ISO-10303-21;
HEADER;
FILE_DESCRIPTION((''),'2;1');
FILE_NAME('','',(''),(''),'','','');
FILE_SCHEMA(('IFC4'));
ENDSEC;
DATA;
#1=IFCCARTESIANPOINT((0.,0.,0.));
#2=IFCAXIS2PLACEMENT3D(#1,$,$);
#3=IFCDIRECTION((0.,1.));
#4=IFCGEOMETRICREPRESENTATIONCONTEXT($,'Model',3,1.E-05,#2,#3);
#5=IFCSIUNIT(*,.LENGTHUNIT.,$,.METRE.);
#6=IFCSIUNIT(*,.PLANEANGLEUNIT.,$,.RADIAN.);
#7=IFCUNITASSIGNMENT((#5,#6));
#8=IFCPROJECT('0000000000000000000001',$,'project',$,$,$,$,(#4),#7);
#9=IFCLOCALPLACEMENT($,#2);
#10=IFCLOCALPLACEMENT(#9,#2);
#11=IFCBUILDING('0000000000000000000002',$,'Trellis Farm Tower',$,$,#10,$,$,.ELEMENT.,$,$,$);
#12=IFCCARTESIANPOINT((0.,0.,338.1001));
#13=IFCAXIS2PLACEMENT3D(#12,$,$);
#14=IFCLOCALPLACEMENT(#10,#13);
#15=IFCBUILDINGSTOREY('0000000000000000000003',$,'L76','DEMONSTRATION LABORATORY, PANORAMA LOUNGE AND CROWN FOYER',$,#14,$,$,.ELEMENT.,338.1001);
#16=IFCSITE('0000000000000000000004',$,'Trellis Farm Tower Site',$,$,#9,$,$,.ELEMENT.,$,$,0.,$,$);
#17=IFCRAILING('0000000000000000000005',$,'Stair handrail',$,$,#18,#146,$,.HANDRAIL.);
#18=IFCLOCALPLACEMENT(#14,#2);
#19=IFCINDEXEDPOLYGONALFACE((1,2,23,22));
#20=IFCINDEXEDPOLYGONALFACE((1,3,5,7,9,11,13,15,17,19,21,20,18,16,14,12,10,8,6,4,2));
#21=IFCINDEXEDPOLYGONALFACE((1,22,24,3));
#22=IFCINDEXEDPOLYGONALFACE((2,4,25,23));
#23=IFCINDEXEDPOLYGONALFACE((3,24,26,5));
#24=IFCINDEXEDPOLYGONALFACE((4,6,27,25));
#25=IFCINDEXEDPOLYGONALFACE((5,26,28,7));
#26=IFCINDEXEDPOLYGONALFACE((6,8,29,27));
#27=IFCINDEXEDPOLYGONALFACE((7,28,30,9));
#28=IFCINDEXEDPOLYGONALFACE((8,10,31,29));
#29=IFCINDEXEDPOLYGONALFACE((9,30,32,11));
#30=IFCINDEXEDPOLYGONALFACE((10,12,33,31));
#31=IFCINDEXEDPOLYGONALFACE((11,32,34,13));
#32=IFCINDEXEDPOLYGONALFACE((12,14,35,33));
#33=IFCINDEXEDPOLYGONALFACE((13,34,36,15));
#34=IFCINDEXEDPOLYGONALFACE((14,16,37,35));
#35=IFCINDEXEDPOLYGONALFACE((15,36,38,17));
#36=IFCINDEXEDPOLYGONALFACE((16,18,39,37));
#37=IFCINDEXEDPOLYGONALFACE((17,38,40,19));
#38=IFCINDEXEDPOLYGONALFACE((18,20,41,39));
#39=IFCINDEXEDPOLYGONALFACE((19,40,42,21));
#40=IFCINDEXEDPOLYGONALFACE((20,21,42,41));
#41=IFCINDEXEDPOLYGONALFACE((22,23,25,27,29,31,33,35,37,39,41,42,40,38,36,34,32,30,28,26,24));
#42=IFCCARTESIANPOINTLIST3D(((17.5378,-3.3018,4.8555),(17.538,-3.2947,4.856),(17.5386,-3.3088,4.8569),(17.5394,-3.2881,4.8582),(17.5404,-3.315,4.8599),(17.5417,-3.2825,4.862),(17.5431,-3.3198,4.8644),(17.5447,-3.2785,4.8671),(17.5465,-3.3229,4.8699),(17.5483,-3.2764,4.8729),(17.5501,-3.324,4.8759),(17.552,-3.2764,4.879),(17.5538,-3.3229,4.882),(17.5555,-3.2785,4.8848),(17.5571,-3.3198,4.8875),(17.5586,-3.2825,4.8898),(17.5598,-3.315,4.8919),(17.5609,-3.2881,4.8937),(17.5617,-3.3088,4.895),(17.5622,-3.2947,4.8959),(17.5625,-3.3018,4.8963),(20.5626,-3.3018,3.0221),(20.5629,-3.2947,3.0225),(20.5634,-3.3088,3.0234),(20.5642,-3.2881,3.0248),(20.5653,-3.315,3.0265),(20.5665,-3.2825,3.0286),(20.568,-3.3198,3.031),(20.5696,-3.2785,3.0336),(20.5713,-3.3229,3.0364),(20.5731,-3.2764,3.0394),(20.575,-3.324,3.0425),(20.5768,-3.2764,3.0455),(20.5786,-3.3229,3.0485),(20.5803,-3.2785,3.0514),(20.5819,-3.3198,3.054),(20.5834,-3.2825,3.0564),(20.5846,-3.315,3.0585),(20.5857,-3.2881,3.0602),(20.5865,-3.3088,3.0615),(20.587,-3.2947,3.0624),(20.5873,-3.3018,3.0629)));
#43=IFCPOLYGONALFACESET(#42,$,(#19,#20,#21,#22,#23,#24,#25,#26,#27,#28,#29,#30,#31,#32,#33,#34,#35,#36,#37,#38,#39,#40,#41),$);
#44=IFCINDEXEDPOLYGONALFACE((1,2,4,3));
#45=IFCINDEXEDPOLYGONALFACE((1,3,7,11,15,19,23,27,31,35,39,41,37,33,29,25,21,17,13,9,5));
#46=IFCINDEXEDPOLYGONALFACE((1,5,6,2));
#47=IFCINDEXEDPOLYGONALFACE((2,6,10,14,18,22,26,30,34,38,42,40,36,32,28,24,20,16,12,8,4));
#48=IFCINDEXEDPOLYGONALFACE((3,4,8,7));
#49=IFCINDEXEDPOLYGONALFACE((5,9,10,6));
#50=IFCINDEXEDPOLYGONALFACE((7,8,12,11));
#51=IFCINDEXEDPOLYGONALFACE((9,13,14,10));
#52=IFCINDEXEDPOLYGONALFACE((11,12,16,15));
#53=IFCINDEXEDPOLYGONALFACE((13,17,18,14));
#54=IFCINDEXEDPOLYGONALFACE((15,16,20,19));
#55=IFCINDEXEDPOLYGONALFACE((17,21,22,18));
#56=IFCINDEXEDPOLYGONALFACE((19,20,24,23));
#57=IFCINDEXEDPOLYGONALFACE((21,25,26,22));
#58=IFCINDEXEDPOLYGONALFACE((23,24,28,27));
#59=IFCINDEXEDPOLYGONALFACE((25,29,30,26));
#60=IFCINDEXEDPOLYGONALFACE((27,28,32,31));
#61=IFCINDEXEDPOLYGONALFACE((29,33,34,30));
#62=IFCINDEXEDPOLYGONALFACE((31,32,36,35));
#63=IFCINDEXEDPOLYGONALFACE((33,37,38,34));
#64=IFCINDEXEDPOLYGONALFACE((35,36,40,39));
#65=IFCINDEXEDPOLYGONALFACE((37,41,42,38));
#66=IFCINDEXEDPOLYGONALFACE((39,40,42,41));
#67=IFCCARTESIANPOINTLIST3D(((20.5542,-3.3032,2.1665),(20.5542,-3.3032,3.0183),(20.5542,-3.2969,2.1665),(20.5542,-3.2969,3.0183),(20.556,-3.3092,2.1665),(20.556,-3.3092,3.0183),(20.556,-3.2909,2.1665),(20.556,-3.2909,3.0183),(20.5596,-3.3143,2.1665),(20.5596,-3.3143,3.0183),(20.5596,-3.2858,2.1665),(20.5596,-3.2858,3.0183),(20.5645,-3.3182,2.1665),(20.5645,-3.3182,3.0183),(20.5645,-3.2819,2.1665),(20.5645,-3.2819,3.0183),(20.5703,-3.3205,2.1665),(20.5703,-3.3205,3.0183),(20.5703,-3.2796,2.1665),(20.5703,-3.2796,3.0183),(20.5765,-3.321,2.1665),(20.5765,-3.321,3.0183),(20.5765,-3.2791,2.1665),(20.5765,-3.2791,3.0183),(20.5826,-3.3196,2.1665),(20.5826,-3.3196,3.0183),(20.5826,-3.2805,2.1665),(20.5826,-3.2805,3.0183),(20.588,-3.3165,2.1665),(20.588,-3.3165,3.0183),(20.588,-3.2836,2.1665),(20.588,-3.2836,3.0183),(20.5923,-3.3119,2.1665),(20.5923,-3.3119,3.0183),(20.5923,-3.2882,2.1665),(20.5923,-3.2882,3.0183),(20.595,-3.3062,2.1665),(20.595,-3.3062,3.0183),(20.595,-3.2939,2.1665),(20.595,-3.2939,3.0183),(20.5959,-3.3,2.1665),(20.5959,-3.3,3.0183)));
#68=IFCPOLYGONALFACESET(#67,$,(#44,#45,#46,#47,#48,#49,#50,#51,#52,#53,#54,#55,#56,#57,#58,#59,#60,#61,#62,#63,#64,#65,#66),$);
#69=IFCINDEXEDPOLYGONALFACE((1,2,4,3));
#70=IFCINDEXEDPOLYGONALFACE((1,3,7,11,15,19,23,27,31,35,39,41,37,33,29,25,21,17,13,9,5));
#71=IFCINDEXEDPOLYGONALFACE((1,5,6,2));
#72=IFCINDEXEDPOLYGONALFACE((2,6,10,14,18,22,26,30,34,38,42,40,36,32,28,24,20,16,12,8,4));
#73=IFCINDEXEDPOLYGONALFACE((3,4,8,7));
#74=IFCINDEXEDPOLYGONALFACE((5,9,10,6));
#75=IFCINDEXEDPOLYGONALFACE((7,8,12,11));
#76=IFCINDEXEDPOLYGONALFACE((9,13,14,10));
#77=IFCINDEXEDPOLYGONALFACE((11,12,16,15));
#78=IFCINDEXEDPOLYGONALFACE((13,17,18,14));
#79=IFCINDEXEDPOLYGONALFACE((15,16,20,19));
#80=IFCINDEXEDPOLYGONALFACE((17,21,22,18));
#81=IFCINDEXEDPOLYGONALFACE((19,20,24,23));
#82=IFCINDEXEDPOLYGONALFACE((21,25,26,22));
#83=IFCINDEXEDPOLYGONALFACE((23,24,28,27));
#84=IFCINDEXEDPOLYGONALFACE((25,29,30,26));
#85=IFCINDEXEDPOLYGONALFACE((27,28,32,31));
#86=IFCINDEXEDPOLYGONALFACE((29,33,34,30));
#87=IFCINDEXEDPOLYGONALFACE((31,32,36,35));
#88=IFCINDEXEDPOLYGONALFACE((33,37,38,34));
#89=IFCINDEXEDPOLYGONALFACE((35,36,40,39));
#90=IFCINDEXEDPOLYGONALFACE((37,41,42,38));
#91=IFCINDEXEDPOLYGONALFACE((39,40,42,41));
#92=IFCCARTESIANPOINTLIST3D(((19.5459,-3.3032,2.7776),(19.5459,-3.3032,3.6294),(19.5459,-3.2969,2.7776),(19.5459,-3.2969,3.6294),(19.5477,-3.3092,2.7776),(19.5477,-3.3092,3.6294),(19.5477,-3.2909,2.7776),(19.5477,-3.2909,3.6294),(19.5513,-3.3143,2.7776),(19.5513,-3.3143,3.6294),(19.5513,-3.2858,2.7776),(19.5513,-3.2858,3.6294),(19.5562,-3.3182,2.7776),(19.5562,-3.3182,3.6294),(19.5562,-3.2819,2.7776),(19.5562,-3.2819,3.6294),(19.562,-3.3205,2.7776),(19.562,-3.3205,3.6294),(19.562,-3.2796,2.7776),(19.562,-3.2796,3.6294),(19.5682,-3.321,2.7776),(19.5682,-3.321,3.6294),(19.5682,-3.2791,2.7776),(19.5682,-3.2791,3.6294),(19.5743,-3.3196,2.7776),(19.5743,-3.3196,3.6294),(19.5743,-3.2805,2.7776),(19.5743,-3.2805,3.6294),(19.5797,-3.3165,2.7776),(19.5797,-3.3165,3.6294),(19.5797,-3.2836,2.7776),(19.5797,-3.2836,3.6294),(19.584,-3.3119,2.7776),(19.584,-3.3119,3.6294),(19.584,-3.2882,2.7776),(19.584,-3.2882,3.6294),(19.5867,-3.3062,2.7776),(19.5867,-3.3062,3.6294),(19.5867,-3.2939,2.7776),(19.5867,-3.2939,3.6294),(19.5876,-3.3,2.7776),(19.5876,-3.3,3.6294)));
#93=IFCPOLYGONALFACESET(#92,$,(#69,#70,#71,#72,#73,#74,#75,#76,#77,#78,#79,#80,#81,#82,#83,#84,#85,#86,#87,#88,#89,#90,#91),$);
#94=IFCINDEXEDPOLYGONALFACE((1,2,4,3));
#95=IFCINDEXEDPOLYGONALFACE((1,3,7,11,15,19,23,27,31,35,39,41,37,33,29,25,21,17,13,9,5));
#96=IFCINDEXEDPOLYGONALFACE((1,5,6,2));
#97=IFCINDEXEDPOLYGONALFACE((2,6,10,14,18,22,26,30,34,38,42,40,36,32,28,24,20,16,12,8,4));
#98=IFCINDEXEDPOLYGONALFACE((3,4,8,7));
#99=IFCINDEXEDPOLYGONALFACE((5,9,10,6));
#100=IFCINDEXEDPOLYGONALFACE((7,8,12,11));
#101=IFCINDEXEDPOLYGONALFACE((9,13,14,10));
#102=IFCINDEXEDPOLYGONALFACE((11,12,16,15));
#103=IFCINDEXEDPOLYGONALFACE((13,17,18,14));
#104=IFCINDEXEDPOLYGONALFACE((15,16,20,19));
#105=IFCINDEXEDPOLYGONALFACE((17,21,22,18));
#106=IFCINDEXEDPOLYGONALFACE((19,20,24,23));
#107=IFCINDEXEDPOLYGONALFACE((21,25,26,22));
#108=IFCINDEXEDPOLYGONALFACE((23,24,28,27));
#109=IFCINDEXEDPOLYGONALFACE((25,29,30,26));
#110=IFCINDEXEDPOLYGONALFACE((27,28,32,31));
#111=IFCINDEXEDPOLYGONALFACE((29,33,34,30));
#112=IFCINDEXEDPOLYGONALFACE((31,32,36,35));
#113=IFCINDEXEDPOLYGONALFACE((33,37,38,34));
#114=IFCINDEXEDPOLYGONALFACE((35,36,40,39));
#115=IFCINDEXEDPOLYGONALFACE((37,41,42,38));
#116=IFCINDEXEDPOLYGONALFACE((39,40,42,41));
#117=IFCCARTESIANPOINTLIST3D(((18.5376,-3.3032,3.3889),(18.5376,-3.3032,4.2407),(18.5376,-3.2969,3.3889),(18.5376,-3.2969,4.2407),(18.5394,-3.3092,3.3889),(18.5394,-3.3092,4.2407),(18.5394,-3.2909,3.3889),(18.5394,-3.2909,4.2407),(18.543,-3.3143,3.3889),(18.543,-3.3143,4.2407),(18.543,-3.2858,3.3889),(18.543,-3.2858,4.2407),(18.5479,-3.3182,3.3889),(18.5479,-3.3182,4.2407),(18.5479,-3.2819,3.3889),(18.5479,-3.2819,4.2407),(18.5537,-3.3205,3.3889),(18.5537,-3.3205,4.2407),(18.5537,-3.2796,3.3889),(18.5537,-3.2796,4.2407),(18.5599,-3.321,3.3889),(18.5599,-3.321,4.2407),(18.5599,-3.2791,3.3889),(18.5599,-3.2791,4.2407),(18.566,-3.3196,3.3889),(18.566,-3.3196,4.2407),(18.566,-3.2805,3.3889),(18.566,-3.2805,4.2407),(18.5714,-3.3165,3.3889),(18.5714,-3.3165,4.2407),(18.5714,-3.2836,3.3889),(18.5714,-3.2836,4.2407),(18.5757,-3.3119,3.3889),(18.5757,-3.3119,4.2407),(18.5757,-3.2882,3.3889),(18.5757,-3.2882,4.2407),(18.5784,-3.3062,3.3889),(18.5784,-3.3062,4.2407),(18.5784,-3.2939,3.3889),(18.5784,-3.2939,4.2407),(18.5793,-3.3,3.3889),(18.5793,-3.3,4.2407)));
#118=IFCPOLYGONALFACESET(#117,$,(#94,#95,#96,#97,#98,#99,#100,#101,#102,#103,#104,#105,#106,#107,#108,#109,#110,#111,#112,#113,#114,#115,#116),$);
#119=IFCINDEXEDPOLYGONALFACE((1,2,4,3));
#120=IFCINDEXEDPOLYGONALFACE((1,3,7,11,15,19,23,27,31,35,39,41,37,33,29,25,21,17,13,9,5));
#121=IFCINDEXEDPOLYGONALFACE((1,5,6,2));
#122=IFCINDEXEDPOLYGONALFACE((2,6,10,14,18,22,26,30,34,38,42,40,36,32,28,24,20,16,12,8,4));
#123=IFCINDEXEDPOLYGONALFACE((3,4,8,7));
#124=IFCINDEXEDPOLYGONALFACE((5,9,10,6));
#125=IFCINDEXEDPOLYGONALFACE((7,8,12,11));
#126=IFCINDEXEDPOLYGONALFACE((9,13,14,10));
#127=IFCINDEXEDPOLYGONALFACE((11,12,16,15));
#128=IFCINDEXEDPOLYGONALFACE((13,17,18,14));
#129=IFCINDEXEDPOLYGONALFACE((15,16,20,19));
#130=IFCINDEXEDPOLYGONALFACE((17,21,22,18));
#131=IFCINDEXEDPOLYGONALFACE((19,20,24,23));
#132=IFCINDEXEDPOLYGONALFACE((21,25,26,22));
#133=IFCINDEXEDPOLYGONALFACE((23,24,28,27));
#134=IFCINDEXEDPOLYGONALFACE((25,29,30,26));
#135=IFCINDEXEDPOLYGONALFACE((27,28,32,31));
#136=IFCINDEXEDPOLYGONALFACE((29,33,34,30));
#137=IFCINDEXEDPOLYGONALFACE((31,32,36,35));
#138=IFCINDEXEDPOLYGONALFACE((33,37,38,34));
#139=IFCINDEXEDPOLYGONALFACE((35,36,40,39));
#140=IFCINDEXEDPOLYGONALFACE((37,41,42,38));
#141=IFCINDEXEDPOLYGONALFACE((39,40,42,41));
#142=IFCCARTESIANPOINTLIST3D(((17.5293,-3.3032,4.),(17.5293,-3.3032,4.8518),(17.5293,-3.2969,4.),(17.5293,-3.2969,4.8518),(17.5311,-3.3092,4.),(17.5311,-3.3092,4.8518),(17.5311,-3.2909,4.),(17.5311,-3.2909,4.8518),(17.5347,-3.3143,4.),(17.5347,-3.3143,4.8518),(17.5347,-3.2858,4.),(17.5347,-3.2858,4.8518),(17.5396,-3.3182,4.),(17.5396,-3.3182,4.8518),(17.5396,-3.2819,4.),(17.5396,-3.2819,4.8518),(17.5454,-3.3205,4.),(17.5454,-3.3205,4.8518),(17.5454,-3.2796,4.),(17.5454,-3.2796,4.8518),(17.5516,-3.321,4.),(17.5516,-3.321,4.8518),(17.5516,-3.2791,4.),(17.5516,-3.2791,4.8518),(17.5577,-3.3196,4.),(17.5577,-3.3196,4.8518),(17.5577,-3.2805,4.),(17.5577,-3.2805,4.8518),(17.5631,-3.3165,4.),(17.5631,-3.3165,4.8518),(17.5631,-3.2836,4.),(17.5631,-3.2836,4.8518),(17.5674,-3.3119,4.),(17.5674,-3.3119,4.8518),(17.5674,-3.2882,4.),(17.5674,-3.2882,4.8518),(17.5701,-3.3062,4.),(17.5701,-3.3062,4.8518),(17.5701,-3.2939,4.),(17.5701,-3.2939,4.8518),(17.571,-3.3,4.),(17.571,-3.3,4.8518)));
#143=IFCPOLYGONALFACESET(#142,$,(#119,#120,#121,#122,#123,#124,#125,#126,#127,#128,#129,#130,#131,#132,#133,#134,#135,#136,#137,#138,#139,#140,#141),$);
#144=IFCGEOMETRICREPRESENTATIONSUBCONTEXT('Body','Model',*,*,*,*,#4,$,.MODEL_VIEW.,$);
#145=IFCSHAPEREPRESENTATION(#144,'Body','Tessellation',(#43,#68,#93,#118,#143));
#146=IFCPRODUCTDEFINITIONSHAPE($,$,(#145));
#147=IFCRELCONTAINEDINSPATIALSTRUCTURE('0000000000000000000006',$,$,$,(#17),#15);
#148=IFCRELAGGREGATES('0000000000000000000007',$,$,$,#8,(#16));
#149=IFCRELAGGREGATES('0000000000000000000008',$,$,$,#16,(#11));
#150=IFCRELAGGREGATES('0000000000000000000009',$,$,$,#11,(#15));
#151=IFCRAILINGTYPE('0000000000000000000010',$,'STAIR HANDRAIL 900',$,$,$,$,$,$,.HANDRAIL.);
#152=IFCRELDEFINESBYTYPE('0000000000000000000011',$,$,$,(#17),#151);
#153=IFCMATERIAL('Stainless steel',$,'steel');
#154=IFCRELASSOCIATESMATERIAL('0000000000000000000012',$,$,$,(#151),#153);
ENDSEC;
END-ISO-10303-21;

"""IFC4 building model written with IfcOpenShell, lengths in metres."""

from ifc_helpers import new_model, si_unit, direction, frame, origin, origin_2d, place, context, subcontext, project, spatial, circle, extrude, source, transform, mapped, material, type_object, element, save


model = new_model("IFC4")

# Units and contexts
model_context = context("Model", 3, precision=1e-05, world=origin(), true_north=direction((0.0, 1.0)))
body_context = subcontext(model_context, "Body", "Model", "MODEL_VIEW")
ifc_project = project(units=[si_unit("LENGTHUNIT", "METRE"), si_unit("PLANEANGLEUNIT", "RADIAN")], contexts=[model_context])

# Site, building, storey
site_placement = place(None, origin())
site = spatial("IfcSite", under=ifc_project, at=site_placement, Name="Trellis Farm Tower Site", CompositionType="ELEMENT", RefElevation=0.0)
building_placement = place(site_placement, origin())
building = spatial("IfcBuilding", under=site, at=building_placement, Name="Trellis Farm Tower", CompositionType="ELEMENT")
storey_placement = place(building_placement, frame((0.0, 0.0, 338.1001)))
storey = spatial("IfcBuildingStorey", under=building, at=storey_placement, Name="L76", Description="DEMONSTRATION LABORATORY, PANORAMA LOUNGE AND CROWN FOYER", CompositionType="ELEMENT", Elevation=338.1001)

# Railing
ifc_material_1 = material(Name="Stainless steel", Category="steel")
railing_type = type_object("IfcRailingType", Name="STAIR HANDRAIL 900", PredefinedType="HANDRAIL", material=ifc_material_1)
shared_shape_1 = source(origin(), body_context, "Body", "SweptSolid", [
    extrude(circle(Radius=0.0239, at=origin_2d()), frame((0.0, 0.0, 0.876), z_axis=(-0.85517, 0.0, 0.518348), x_axis=(0.0, -1.0, 0.0)), (0.0, 0.0, 1.0), 3.5371),
    extrude(circle(Radius=0.021, at=origin_2d()), origin(), (0.0, 0.0, 1.0), 0.8518),
    extrude(circle(Radius=0.021, at=origin_2d()), frame((-1.0083, 0.0, 0.6111)), (0.0, 0.0, 1.0), 0.8518),
    extrude(circle(Radius=0.021, at=origin_2d()), frame((-2.0166, 0.0, 1.2224)), (0.0, 0.0, 1.0), 0.8518),
    extrude(circle(Radius=0.021, at=origin_2d()), frame((-3.0249, 0.0, 1.8335)), (0.0, 0.0, 1.0), 0.8518),
])
for number, where, name in (
    (1, (20.575, -3.3, 2.1665), "Stair handrail"),
):
    element("IfcRailing", number, at=place(storey_placement, frame(where)), inside=storey, type_object=railing_type, Name=name, PredefinedType="HANDRAIL", context=body_context, shape_type="MappedRepresentation", body=[
        mapped(shared_shape_1, transform((0.0, 0.0, 0.0))),
    ])

save(model, "model.ifc")
